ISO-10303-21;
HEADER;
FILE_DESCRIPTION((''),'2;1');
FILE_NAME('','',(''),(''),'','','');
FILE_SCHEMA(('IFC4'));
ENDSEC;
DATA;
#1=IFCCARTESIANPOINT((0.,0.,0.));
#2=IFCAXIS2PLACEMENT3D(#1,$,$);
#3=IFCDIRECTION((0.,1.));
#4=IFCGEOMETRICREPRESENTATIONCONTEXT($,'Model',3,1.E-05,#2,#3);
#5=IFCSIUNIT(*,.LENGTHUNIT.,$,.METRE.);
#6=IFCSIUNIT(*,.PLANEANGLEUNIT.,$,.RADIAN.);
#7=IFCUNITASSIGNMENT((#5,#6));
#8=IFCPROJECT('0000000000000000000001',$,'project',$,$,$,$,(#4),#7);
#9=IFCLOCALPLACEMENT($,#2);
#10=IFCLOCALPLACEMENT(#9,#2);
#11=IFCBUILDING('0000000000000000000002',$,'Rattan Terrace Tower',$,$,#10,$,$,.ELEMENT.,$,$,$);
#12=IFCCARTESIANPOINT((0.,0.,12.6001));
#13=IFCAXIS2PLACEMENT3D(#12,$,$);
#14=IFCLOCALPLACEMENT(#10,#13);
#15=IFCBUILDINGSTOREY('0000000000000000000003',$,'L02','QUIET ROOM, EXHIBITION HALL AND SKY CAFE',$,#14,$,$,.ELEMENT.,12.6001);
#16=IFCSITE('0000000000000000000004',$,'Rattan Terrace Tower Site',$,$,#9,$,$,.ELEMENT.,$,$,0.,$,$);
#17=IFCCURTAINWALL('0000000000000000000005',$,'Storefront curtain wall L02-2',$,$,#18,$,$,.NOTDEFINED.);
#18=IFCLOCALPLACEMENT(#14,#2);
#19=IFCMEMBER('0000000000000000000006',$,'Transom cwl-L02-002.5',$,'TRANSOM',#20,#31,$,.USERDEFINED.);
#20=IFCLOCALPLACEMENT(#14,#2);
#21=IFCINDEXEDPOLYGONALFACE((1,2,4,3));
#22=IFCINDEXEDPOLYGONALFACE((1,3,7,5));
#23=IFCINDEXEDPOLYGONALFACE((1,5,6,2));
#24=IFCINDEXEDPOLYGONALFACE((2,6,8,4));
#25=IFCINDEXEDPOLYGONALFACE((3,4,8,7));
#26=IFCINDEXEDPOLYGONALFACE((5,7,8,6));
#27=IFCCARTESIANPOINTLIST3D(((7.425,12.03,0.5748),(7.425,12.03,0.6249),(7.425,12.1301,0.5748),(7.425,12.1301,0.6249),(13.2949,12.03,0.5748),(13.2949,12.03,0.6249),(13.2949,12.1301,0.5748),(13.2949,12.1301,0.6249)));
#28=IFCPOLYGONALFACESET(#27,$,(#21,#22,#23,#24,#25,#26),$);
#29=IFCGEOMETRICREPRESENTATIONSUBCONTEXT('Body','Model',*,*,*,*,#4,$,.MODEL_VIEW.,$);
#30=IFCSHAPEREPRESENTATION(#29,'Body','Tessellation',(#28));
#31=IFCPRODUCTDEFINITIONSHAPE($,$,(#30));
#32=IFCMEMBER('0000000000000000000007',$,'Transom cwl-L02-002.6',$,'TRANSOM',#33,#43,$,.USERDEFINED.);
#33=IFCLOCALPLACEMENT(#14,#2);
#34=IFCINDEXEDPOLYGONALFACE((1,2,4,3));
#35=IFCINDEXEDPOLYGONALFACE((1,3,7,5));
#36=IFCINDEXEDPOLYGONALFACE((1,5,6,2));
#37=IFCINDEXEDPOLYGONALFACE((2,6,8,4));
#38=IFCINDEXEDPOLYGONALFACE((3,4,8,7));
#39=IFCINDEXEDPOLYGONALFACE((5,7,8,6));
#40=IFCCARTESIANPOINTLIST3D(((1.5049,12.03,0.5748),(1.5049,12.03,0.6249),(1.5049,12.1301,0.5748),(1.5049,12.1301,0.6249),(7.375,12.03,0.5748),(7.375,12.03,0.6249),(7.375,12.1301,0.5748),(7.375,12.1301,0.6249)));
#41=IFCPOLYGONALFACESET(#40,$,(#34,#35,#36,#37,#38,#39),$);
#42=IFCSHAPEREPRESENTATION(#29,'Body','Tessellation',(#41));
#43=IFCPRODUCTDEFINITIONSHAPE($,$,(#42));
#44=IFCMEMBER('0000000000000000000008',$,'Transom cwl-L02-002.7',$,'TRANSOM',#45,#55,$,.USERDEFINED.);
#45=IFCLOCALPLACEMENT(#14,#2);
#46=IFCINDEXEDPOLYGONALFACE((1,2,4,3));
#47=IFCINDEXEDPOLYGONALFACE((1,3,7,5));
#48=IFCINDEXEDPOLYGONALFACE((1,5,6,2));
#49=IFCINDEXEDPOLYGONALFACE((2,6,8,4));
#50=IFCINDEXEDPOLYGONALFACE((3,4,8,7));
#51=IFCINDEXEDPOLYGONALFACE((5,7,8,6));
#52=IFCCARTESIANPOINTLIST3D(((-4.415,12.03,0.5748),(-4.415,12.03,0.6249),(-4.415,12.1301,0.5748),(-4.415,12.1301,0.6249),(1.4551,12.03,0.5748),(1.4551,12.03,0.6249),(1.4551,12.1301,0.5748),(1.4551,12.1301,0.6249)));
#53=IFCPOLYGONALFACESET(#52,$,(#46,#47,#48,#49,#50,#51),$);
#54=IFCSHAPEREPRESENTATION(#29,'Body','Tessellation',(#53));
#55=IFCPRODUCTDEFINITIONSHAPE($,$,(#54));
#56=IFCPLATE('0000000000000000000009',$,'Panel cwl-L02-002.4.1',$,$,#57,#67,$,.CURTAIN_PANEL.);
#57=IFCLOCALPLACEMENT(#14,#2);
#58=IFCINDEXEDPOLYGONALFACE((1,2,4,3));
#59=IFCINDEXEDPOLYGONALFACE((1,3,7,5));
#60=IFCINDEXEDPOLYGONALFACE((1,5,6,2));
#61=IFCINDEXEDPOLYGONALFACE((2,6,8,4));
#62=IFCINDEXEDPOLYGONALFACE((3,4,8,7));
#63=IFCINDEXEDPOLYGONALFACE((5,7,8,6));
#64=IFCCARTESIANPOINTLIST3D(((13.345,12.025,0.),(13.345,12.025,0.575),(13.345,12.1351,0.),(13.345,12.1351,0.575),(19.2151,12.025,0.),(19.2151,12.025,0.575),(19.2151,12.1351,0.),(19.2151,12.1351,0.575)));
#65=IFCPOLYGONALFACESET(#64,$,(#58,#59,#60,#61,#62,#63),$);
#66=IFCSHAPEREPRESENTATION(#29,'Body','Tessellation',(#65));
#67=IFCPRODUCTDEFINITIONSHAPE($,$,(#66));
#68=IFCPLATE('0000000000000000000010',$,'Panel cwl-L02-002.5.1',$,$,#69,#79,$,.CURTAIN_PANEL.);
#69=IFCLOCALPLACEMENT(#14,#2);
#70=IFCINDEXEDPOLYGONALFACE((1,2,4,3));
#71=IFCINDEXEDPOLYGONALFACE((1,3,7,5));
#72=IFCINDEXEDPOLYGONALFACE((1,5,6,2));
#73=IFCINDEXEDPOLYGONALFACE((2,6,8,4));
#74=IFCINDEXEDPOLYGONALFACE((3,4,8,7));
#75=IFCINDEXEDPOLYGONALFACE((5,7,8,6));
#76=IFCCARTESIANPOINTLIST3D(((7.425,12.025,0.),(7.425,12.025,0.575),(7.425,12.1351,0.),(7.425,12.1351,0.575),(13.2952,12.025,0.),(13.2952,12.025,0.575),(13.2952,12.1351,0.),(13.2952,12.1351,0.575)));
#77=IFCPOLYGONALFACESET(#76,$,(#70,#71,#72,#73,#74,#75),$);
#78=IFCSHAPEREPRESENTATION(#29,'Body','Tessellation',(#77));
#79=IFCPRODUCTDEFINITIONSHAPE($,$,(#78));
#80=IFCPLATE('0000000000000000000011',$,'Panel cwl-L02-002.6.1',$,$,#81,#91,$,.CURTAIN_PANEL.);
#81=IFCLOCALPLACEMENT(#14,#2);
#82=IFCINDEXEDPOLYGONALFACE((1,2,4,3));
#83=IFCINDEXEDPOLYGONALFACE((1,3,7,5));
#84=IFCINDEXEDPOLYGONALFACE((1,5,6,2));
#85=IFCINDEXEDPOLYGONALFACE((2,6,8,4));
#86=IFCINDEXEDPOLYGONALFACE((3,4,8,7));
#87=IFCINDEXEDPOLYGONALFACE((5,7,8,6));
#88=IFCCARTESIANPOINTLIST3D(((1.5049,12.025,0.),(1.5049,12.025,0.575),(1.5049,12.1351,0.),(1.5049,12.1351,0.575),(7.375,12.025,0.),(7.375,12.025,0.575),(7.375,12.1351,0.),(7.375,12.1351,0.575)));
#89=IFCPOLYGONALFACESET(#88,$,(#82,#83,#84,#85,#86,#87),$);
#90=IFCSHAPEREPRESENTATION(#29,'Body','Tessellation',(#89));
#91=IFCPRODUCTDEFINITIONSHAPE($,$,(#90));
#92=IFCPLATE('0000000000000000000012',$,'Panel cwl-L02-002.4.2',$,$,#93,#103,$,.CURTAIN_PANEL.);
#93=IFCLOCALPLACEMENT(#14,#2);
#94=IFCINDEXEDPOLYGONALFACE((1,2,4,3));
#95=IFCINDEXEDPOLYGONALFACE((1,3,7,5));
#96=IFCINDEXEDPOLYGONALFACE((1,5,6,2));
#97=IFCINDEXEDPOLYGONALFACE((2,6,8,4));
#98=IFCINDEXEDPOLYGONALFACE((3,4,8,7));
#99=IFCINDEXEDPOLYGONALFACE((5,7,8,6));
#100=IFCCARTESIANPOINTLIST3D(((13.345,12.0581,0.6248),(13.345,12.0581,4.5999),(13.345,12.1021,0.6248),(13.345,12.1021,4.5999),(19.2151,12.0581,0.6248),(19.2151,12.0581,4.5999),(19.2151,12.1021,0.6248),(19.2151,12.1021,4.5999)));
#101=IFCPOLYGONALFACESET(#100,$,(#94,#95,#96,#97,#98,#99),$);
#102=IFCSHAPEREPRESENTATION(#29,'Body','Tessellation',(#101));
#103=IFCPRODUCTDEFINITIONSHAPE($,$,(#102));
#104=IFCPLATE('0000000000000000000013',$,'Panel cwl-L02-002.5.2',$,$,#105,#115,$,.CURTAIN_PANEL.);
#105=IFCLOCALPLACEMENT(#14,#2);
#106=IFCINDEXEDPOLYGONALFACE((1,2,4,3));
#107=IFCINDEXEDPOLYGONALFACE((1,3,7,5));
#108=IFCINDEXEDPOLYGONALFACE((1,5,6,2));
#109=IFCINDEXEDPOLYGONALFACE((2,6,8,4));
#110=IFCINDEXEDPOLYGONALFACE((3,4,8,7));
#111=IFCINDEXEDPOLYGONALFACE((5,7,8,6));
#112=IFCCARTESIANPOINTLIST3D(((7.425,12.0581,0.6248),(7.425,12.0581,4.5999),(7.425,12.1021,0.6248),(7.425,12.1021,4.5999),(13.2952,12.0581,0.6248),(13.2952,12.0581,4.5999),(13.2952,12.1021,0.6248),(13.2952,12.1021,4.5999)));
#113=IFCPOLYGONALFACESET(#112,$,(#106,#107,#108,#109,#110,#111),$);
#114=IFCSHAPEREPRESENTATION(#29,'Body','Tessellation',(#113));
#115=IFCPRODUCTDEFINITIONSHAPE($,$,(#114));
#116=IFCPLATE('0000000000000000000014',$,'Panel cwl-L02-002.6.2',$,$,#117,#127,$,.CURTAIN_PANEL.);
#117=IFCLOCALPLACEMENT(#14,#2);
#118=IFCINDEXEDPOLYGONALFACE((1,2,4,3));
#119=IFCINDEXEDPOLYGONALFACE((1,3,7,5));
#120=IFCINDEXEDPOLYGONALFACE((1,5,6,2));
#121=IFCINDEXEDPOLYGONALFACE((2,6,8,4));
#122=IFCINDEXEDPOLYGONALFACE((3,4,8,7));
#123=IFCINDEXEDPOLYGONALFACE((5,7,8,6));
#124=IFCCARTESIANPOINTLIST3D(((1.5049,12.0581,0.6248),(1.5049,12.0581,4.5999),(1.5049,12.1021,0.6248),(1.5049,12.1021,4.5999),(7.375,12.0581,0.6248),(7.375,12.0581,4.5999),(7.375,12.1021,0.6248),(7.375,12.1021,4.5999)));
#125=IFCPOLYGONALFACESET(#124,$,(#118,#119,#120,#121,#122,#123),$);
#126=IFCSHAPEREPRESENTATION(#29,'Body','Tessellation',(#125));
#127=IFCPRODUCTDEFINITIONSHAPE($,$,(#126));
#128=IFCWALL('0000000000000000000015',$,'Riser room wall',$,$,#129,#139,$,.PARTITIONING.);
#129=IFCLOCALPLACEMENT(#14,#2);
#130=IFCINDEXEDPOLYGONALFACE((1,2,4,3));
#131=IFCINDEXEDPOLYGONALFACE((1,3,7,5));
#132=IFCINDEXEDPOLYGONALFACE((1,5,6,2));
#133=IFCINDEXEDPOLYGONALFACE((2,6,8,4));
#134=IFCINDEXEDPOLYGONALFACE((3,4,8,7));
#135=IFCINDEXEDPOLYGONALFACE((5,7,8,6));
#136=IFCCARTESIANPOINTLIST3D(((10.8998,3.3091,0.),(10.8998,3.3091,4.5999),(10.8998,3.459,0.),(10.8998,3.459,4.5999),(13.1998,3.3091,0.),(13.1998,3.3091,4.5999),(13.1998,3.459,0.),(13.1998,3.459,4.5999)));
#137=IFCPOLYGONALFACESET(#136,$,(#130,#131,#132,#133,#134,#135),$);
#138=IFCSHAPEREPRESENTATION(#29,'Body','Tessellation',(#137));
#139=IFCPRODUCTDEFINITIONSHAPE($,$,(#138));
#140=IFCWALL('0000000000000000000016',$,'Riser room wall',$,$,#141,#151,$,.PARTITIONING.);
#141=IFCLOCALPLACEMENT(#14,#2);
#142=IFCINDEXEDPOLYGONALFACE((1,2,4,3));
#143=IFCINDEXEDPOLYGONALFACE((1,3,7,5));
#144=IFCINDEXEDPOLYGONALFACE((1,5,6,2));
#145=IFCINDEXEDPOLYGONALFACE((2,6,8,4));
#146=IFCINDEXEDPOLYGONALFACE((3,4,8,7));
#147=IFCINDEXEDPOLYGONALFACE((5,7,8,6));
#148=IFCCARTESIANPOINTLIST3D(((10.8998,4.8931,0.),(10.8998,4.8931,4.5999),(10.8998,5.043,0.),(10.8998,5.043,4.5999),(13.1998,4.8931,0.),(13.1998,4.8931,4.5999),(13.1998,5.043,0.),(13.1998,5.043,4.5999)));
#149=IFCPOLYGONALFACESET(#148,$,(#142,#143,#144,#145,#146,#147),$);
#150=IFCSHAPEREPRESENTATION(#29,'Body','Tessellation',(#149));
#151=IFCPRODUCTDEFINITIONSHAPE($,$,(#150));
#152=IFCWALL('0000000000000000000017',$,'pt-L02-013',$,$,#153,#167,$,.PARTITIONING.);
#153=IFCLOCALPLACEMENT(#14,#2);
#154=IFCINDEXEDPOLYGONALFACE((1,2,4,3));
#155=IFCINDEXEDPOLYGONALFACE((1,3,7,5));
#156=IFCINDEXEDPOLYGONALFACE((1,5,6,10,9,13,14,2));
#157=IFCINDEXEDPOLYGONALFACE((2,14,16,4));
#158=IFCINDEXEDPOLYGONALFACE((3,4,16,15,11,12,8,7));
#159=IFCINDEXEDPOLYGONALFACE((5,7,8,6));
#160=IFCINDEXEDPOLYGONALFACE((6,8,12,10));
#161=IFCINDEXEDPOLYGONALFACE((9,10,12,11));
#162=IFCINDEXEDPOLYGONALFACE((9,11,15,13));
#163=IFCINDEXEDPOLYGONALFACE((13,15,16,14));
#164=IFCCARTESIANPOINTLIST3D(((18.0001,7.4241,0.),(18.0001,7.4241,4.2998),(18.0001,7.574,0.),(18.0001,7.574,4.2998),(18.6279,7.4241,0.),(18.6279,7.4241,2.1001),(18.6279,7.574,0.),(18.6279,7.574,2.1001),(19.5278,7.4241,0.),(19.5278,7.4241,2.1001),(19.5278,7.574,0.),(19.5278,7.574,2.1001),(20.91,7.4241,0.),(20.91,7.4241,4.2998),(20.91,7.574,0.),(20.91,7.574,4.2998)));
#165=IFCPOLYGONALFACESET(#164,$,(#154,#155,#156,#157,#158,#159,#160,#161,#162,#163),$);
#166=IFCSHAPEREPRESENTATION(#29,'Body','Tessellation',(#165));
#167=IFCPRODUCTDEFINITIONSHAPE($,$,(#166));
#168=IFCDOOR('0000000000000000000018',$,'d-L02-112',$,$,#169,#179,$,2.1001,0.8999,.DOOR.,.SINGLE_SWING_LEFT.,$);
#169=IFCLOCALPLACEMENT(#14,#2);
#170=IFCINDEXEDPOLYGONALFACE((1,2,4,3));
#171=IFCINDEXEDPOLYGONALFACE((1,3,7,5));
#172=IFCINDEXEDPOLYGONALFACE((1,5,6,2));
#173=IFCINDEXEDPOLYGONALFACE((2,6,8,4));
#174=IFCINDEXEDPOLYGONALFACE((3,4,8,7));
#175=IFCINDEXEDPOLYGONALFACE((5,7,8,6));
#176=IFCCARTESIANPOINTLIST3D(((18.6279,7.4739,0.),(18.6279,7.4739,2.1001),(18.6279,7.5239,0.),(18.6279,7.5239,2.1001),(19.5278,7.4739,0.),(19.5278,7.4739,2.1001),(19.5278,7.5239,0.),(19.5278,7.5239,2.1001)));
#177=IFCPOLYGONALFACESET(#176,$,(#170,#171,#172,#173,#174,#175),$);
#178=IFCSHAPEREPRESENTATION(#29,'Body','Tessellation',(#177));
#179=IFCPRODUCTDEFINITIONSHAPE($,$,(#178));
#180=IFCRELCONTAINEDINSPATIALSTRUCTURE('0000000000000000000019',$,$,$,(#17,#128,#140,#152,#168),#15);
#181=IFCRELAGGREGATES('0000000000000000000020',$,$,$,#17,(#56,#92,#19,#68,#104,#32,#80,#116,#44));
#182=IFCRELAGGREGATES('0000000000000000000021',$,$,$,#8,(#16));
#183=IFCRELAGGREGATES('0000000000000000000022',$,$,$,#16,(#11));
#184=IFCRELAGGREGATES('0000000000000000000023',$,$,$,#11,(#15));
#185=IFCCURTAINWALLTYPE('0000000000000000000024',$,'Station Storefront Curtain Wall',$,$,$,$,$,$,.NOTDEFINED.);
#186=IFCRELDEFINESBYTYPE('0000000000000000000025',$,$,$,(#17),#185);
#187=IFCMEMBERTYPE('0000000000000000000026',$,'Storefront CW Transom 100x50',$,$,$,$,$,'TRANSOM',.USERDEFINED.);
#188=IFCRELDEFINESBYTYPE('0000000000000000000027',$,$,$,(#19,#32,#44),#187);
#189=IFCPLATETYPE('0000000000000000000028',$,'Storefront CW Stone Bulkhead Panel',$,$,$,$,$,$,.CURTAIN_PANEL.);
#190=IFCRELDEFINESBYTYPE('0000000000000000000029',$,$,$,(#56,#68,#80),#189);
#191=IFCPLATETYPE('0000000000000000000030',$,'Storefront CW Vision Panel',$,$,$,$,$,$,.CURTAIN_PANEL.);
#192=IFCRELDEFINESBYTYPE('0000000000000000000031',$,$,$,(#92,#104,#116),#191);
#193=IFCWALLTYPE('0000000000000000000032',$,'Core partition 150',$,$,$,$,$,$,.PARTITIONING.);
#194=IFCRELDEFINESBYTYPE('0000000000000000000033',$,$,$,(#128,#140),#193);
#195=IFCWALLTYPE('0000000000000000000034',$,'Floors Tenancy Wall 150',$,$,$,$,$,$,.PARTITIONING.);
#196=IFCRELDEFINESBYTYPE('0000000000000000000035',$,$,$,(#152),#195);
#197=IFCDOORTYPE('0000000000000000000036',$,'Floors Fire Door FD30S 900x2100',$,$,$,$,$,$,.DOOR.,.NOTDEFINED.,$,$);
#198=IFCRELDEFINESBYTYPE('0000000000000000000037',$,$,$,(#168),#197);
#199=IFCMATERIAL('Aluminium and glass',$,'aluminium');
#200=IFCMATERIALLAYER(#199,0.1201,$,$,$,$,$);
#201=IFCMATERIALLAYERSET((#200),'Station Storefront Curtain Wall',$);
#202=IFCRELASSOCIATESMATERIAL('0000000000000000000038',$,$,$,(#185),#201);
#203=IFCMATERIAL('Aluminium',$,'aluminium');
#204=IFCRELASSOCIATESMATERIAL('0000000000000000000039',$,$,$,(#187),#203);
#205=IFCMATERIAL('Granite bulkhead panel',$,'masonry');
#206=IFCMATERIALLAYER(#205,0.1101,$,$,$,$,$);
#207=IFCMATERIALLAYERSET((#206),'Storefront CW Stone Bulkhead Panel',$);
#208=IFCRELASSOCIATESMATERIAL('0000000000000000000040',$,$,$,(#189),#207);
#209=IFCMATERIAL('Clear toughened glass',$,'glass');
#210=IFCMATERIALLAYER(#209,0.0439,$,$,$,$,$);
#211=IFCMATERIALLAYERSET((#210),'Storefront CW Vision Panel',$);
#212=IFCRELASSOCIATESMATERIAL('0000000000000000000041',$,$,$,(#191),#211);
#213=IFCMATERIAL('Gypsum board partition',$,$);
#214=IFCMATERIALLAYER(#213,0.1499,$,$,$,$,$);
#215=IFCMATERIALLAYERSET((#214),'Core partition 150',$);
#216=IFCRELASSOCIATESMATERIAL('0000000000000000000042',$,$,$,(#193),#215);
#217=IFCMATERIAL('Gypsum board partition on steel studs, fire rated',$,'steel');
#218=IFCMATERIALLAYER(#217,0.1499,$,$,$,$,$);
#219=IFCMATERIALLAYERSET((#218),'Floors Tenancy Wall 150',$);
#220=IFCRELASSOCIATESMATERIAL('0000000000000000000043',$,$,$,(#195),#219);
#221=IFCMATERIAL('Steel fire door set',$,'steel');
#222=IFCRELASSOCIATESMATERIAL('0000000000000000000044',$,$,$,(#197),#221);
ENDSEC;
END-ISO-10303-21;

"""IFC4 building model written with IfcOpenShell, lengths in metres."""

from ifc_helpers import new_model, si_unit, direction, frame, frame_2d, origin, origin_2d, place, context, subcontext, project, spatial, rectangle, extrude, material, layer, layer_set, material_profile, profile_set, type_object, element, fill, aggregate, save


model = new_model("IFC4")

# Units and contexts
model_context = context("Model", 3, precision=1e-05, world=origin(), true_north=direction((0.0, 1.0)))
body_context = subcontext(model_context, "Body", "Model", "MODEL_VIEW")
ifc_project = project(units=[si_unit("LENGTHUNIT", "METRE"), si_unit("PLANEANGLEUNIT", "RADIAN")], contexts=[model_context])

# Site, building, storey
site_placement = place(None, origin())
site = spatial("IfcSite", under=ifc_project, at=site_placement, Name="Rattan Terrace Tower Site", CompositionType="ELEMENT", RefElevation=0.0)
building_placement = place(site_placement, origin())
building = spatial("IfcBuilding", under=site, at=building_placement, Name="Rattan Terrace Tower", CompositionType="ELEMENT")
storey_placement = place(building_placement, frame((0.0, 0.0, 12.6001)))
storey = spatial("IfcBuildingStorey", under=building, at=storey_placement, Name="L02", Description="QUIET ROOM, EXHIBITION HALL AND SKY CAFE", CompositionType="ELEMENT", Elevation=12.6001)

# Curtain wall, members, plates
ifc_material_1 = material(Name="Aluminium and glass", Category="aluminium")
ifc_layer_1 = layer(ifc_material_1, 0.1201)
ifc_layer_set_1 = layer_set([ifc_layer_1], Name="Station Storefront Curtain Wall")
curtain_wall_type = type_object("IfcCurtainWallType", Name="Station Storefront Curtain Wall", PredefinedType="NOTDEFINED", material=ifc_layer_set_1)
curtain_wall_placement = place(storey_placement, origin())
curtain_wall = element("IfcCurtainWall", 1, at=curtain_wall_placement, inside=storey, type_object=curtain_wall_type, Name="Storefront curtain wall L02-2", PredefinedType="NOTDEFINED")
ifc_material_2 = material(Name="Aluminium", Category="aluminium")
ifc_material_profile_1 = material_profile(ifc_material_2, rectangle(XDim=0.1001, YDim=0.05, at=origin_2d()), Name="Aluminium 100x50")
ifc_profile_set_1 = profile_set([ifc_material_profile_1], Name="Aluminium")
member_type_1 = type_object("IfcMemberType", Name="Storefront CW Transom 100x50", ElementType="TRANSOM", PredefinedType="USERDEFINED", material=ifc_profile_set_1)
member_1_placement = place(storey_placement, frame((13.2949, 12.0801, 0.5999), z_axis=(-1.0, 0.0, 0.0), x_axis=(0.0, -1.0, 0.0)))
member_1 = element("IfcMember", 2, at=member_1_placement, type_object=member_type_1, Name="Transom cwl-L02-002.5", ObjectType="TRANSOM", PredefinedType="USERDEFINED", context=body_context, shape_type="SweptSolid", body=[
    extrude(rectangle(XDim=0.1001, YDim=0.05, at=origin_2d()), origin(), (0.0, 0.0, 1.0), 5.8699),
])
member_2_placement = place(storey_placement, frame((7.375, 12.0801, 0.5999), z_axis=(-1.0, 0.0, 0.0), x_axis=(0.0, -1.0, 0.0)))
member_2 = element("IfcMember", 3, at=member_2_placement, type_object=member_type_1, Name="Transom cwl-L02-002.6", ObjectType="TRANSOM", PredefinedType="USERDEFINED", context=body_context, shape_type="SweptSolid", body=[
    extrude(rectangle(XDim=0.1001, YDim=0.05, at=origin_2d()), origin(), (0.0, 0.0, 1.0), 5.8701),
])
member_3_placement = place(storey_placement, frame((1.4551, 12.0801, 0.5999), z_axis=(-1.0, 0.0, 0.0), x_axis=(0.0, -1.0, 0.0)))
member_3 = element("IfcMember", 4, at=member_3_placement, type_object=member_type_1, Name="Transom cwl-L02-002.7", ObjectType="TRANSOM", PredefinedType="USERDEFINED", context=body_context, shape_type="SweptSolid", body=[
    extrude(rectangle(XDim=0.1001, YDim=0.05, at=origin_2d()), origin(), (0.0, 0.0, 1.0), 5.8701),
])
ifc_material_3 = material(Name="Granite bulkhead panel", Category="masonry")
ifc_layer_2 = layer(ifc_material_3, 0.1101)
ifc_layer_set_2 = layer_set([ifc_layer_2], Name="Storefront CW Stone Bulkhead Panel")
plate_type_1 = type_object("IfcPlateType", Name="Storefront CW Stone Bulkhead Panel", PredefinedType="CURTAIN_PANEL", material=ifc_layer_set_2)
plate_1_placement = place(storey_placement, frame((16.28, 12.0801, 0.0), z_axis=(0.0, 0.0, 1.0), x_axis=(-1.0, 0.0, 0.0)))
plate_1 = element("IfcPlate", 5, at=plate_1_placement, type_object=plate_type_1, Name="Panel cwl-L02-002.4.1", PredefinedType="CURTAIN_PANEL", context=body_context, shape_type="SweptSolid", body=[
    extrude(rectangle(XDim=5.8701, YDim=0.1101, at=origin_2d()), origin(), (0.0, 0.0, 1.0), 0.575),
])
plate_2_placement = place(storey_placement, frame((10.3601, 12.0801, 0.0), z_axis=(0.0, 0.0, 1.0), x_axis=(-1.0, 0.0, 0.0)))
plate_2 = element("IfcPlate", 6, at=plate_2_placement, type_object=plate_type_1, Name="Panel cwl-L02-002.5.1", PredefinedType="CURTAIN_PANEL", context=body_context, shape_type="SweptSolid", body=[
    extrude(rectangle(XDim=5.8701, YDim=0.1101, at=origin_2d()), origin(), (0.0, 0.0, 1.0), 0.575),
])
plate_3_placement = place(storey_placement, frame((4.4399, 12.0801, 0.0), z_axis=(0.0, 0.0, 1.0), x_axis=(-1.0, 0.0, 0.0)))
plate_3 = element("IfcPlate", 7, at=plate_3_placement, type_object=plate_type_1, Name="Panel cwl-L02-002.6.1", PredefinedType="CURTAIN_PANEL", context=body_context, shape_type="SweptSolid", body=[
    extrude(rectangle(XDim=5.8701, YDim=0.1101, at=origin_2d()), origin(), (0.0, 0.0, 1.0), 0.575),
])
ifc_material_4 = material(Name="Clear toughened glass", Category="glass")
ifc_layer_3 = layer(ifc_material_4, 0.0439)
ifc_layer_set_3 = layer_set([ifc_layer_3], Name="Storefront CW Vision Panel")
plate_type_2 = type_object("IfcPlateType", Name="Storefront CW Vision Panel", PredefinedType="CURTAIN_PANEL", material=ifc_layer_set_3)
plate_4_placement = place(storey_placement, frame((16.28, 12.0801, 0.6248), z_axis=(0.0, 0.0, 1.0), x_axis=(-1.0, 0.0, 0.0)))
plate_4 = element("IfcPlate", 8, at=plate_4_placement, type_object=plate_type_2, Name="Panel cwl-L02-002.4.2", PredefinedType="CURTAIN_PANEL", context=body_context, shape_type="SweptSolid", body=[
    extrude(rectangle(XDim=5.8701, YDim=0.0439, at=origin_2d()), origin(), (0.0, 0.0, 1.0), 3.9751),
])
plate_5_placement = place(storey_placement, frame((10.3601, 12.0801, 0.6248), z_axis=(0.0, 0.0, 1.0), x_axis=(-1.0, 0.0, 0.0)))
plate_5 = element("IfcPlate", 9, at=plate_5_placement, type_object=plate_type_2, Name="Panel cwl-L02-002.5.2", PredefinedType="CURTAIN_PANEL", context=body_context, shape_type="SweptSolid", body=[
    extrude(rectangle(XDim=5.8701, YDim=0.0439, at=origin_2d()), origin(), (0.0, 0.0, 1.0), 3.9751),
])
plate_6_placement = place(storey_placement, frame((4.4399, 12.0801, 0.6248), z_axis=(0.0, 0.0, 1.0), x_axis=(-1.0, 0.0, 0.0)))
plate_6 = element("IfcPlate", 10, at=plate_6_placement, type_object=plate_type_2, Name="Panel cwl-L02-002.6.2", PredefinedType="CURTAIN_PANEL", context=body_context, shape_type="SweptSolid", body=[
    extrude(rectangle(XDim=5.8701, YDim=0.0439, at=origin_2d()), origin(), (0.0, 0.0, 1.0), 3.9751),
])
aggregate(curtain_wall, [plate_1, plate_4, member_1, plate_2, plate_5, member_2, plate_3, plate_6, member_3])

# Walls
ifc_material_5 = material(Name="Gypsum board partition")
ifc_layer_4 = layer(ifc_material_5, 0.1499)
ifc_layer_set_4 = layer_set([ifc_layer_4], Name="Core partition 150")
wall_type_1 = type_object("IfcWallType", Name="Core partition 150", PredefinedType="PARTITIONING", material=ifc_layer_set_4)
for number, where, z_axis, x_axis, name in (
    (11, (10.8999, 3.384, 0.0), (0.0, 0.0, 1.0), (1.0, 0.0, 0.0), "Riser room wall"),
    (12, (10.8999, 4.968, 0.0), (0.0, 0.0, 1.0), (1.0, 0.0, 0.0), "Riser room wall"),
):
    element("IfcWall", number, at=place(storey_placement, frame(where, z_axis=z_axis, x_axis=x_axis)), inside=storey, type_object=wall_type_1, Name=name, PredefinedType="PARTITIONING", context=body_context, shape_type="SweptSolid", body=[
        extrude(rectangle(XDim=2.3, YDim=0.1499, at=frame_2d((1.1499, 0.0))), origin(), (0.0, 0.0, 1.0), 4.5999),
    ])

# Wall, opening, door
ifc_material_6 = material(Name="Gypsum board partition on steel studs, fire rated", Category="steel")
ifc_layer_5 = layer(ifc_material_6, 0.1499)
ifc_layer_set_5 = layer_set([ifc_layer_5], Name="Floors Tenancy Wall 150")
wall_type_2 = type_object("IfcWallType", Name="Floors Tenancy Wall 150", PredefinedType="PARTITIONING", material=ifc_layer_set_5)
wall_1_placement = place(storey_placement, frame((18.0, 7.499, 0.0), z_axis=(0.0, 0.0, 1.0), x_axis=(1.0, 0.0, 0.0)))
wall_1 = element("IfcWall", 13, at=wall_1_placement, inside=storey, type_object=wall_type_2, Name="pt-L02-013", PredefinedType="PARTITIONING", context=body_context, shape_type="SweptSolid", body=[
    extrude(rectangle(XDim=2.9099, YDim=0.1499, at=frame_2d((1.4551, 0.0))), origin(), (0.0, 0.0, 1.0), 4.2998),
])
opening_placement = place(wall_1_placement, frame((0.6279, 0.0, 0.0)))
opening = element("IfcOpeningElement", 14, at=opening_placement, cuts=wall_1, PredefinedType="OPENING", context=body_context, shape_type="SweptSolid", body=[
    extrude(rectangle(XDim=0.8999, YDim=2.1001, at=frame_2d((0.45, 1.05))), frame((0.0, 0.0854, 0.0), z_axis=(0.0, -1.0, 0.0), x_axis=(1.0, 0.0, 0.0)), (0.0, 0.0, 1.0), 0.1709),
])
ifc_material_7 = material(Name="Steel fire door set", Category="steel")
door_type = type_object("IfcDoorType", Name="Floors Fire Door FD30S 900x2100", OperationType="NOTDEFINED", PredefinedType="DOOR", material=ifc_material_7)
door_placement = place(opening_placement, origin())
door = element("IfcDoor", 15, at=door_placement, inside=storey, type_object=door_type, Name="d-L02-112", OperationType="SINGLE_SWING_LEFT", OverallHeight=2.1001, OverallWidth=0.8999, PredefinedType="DOOR", context=body_context, shape_type="SweptSolid", body=[
    extrude(rectangle(XDim=0.8999, YDim=2.1001, at=frame_2d((0.45, 1.05))), frame((0.0, 0.0249, 0.0), z_axis=(0.0, -1.0, 0.0), x_axis=(1.0, 0.0, 0.0)), (0.0, 0.0, 1.0), 0.05),
])
fill(opening, door)

save(model, "model.ifc")
